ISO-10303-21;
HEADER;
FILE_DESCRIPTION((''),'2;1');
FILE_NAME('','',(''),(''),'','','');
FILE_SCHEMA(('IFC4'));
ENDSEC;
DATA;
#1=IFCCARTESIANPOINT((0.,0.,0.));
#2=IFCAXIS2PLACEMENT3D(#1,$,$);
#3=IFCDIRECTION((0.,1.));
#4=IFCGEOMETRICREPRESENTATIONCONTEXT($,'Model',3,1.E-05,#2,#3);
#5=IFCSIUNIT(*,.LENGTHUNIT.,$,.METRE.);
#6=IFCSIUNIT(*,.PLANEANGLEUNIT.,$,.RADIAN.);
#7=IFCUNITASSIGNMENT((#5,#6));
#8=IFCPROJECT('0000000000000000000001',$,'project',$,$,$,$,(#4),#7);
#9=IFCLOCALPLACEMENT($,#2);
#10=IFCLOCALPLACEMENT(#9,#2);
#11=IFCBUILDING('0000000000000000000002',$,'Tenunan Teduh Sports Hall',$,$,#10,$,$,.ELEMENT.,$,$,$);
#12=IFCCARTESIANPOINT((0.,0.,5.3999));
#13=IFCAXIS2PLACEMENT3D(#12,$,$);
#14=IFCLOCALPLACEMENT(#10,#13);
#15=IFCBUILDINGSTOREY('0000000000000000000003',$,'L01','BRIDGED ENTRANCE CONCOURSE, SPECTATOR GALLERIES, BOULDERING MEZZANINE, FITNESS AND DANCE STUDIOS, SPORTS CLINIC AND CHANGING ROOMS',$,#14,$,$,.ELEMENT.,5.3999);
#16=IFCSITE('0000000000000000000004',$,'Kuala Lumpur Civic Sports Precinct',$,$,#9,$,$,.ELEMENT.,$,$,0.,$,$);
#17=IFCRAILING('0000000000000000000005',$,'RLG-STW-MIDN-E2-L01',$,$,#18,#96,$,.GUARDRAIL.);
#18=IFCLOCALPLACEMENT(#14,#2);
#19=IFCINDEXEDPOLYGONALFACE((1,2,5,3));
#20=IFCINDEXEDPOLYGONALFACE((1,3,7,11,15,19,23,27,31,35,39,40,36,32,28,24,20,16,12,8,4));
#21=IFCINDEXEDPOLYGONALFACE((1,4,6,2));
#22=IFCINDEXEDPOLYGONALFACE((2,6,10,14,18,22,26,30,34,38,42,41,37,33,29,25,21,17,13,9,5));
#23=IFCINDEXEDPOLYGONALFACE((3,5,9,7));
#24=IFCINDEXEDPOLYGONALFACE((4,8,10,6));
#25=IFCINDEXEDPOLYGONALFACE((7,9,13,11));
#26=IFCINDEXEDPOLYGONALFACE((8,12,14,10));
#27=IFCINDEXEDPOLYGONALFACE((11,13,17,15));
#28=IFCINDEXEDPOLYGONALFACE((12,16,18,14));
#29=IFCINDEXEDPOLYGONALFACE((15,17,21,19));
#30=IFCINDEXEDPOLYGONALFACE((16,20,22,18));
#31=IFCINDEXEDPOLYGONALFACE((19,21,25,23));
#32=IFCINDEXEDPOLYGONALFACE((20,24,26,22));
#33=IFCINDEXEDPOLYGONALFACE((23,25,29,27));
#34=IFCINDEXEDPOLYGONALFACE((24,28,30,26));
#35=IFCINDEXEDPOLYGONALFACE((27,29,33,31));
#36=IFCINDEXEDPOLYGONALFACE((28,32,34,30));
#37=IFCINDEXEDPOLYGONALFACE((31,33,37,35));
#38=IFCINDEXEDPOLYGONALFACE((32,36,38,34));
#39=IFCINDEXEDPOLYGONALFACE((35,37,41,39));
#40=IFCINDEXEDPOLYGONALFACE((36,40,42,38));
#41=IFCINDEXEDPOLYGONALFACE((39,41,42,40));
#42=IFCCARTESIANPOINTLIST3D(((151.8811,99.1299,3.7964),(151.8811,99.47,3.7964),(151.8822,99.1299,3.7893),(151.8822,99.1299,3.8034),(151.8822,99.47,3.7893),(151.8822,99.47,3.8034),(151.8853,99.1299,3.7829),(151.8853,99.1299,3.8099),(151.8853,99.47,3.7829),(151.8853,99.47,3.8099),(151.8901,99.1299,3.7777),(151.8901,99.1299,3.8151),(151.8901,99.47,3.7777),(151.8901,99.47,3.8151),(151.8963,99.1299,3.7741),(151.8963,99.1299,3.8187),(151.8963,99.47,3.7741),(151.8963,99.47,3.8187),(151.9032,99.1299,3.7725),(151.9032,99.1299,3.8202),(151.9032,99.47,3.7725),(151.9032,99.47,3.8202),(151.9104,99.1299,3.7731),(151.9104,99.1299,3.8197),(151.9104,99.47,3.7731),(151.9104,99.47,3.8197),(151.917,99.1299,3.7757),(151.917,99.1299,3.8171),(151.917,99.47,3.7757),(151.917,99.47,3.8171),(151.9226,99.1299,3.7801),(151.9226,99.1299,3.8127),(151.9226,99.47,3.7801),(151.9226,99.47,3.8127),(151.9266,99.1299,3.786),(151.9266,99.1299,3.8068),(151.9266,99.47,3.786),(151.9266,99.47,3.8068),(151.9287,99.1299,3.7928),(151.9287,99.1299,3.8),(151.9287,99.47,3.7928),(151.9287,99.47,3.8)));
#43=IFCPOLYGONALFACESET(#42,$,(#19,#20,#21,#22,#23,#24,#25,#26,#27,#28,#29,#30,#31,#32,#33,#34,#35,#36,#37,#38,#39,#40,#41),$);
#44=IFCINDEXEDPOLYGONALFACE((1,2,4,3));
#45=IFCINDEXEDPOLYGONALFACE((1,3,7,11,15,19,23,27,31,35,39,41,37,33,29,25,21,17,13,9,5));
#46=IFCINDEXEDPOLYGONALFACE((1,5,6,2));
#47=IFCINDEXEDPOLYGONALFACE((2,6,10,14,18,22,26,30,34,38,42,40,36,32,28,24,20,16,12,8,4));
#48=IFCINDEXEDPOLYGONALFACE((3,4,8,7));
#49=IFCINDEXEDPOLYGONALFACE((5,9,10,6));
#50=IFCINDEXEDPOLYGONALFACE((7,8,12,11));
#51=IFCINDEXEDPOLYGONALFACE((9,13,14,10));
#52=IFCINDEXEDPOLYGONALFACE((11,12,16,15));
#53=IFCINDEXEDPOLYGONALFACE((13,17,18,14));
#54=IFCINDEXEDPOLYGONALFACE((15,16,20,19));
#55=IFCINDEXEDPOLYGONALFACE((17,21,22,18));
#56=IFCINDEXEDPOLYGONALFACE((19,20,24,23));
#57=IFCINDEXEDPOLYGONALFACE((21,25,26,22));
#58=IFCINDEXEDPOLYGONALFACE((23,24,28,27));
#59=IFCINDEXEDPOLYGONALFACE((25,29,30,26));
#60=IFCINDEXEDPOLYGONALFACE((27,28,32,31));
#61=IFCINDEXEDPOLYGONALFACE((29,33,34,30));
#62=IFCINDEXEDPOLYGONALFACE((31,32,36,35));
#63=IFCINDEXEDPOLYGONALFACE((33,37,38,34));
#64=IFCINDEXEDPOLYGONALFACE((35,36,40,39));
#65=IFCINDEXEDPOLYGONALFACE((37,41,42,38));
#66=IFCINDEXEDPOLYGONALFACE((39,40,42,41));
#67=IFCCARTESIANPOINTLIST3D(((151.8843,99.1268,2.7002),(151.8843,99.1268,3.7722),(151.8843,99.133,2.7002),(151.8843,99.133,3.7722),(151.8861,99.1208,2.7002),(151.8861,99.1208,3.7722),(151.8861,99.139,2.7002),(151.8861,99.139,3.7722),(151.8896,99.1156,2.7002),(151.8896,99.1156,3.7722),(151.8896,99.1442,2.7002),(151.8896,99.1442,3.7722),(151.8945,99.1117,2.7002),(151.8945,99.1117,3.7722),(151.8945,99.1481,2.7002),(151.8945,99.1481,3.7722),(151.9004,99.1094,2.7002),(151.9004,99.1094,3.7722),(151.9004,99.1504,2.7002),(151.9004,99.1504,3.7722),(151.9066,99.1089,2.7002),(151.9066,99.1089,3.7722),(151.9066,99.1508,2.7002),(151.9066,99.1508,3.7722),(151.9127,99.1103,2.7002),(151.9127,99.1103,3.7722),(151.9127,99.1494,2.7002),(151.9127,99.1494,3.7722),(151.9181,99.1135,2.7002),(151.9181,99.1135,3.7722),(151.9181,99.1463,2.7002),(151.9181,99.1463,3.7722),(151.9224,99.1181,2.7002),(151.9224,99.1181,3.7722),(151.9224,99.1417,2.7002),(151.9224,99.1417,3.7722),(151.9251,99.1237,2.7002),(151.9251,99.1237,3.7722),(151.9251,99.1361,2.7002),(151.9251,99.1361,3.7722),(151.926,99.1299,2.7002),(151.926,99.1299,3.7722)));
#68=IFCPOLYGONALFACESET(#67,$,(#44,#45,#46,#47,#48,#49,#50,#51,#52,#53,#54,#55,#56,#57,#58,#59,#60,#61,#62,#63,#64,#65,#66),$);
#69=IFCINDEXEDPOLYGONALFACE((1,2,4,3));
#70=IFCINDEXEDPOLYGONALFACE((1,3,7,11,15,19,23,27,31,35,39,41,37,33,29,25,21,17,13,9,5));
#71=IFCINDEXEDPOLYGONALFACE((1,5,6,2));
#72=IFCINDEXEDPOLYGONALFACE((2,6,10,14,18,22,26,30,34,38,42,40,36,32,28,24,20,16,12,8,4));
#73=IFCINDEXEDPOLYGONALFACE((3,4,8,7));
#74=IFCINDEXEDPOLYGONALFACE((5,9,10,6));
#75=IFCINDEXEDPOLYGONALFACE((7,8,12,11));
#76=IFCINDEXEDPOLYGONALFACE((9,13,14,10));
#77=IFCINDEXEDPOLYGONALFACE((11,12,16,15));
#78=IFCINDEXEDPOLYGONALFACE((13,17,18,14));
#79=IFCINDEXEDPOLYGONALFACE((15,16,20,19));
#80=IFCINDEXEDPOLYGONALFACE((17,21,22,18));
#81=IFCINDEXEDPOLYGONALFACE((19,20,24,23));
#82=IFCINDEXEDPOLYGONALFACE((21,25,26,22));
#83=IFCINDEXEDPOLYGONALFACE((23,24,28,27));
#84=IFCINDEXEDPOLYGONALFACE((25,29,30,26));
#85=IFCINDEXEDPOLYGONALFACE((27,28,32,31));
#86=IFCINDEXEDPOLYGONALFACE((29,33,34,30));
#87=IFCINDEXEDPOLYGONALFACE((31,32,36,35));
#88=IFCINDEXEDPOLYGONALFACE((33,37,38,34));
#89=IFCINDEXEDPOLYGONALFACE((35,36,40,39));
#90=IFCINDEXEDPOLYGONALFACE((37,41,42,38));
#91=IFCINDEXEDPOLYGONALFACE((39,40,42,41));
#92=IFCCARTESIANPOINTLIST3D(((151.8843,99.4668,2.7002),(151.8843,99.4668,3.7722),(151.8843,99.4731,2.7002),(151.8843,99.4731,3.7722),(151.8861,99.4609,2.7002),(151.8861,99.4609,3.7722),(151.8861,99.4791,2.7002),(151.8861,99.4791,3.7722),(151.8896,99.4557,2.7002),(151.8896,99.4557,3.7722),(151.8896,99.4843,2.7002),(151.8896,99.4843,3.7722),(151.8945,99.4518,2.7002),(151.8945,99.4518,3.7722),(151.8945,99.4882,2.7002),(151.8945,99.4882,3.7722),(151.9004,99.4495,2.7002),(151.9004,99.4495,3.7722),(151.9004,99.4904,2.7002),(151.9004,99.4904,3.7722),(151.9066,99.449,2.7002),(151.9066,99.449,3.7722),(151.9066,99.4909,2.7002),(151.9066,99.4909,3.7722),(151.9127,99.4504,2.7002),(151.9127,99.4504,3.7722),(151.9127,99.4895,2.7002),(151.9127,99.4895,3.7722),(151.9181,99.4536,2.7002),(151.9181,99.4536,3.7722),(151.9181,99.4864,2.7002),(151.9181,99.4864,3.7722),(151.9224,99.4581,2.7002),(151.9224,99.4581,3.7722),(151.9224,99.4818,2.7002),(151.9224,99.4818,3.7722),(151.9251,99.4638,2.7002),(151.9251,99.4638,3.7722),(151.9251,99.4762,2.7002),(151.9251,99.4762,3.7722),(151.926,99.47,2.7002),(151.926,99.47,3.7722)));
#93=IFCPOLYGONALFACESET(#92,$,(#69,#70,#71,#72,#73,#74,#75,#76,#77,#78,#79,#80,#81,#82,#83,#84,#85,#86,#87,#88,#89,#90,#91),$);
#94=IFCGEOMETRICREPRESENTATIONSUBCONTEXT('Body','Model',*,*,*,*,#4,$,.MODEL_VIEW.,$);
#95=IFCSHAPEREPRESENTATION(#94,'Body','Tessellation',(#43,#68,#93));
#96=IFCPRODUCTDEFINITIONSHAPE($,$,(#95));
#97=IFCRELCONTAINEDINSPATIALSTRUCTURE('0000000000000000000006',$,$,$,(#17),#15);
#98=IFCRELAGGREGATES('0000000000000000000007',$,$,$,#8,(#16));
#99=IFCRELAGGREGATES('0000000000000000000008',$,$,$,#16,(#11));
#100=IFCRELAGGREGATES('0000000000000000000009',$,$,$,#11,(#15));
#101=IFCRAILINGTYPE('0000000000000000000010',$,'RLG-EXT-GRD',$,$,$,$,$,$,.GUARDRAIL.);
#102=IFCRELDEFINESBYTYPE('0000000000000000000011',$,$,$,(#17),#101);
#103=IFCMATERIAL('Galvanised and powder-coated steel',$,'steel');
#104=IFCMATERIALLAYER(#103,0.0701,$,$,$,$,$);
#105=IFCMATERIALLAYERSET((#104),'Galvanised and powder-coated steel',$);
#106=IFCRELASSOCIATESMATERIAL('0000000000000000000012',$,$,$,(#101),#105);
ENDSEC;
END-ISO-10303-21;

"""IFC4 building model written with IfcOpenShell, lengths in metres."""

from ifc_helpers import new_model, si_unit, direction, frame, origin, origin_2d, place, context, subcontext, project, spatial, circle, extrude, material, layer, layer_set, type_object, element, save


model = new_model("IFC4")

# Units and contexts
model_context = context("Model", 3, precision=1e-05, world=origin(), true_north=direction((0.0, 1.0)))
body_context = subcontext(model_context, "Body", "Model", "MODEL_VIEW")
ifc_project = project(units=[si_unit("LENGTHUNIT", "METRE"), si_unit("PLANEANGLEUNIT", "RADIAN")], contexts=[model_context])

# Site, building, storey
site_placement = place(None, origin())
site = spatial("IfcSite", under=ifc_project, at=site_placement, Name="Kuala Lumpur Civic Sports Precinct", CompositionType="ELEMENT", RefElevation=0.0)
building_placement = place(site_placement, origin())
building = spatial("IfcBuilding", under=site, at=building_placement, Name="Tenunan Teduh Sports Hall", CompositionType="ELEMENT")
storey_placement = place(building_placement, frame((0.0, 0.0, 5.3999)))
storey = spatial("IfcBuildingStorey", under=building, at=storey_placement, Name="L01", Description="BRIDGED ENTRANCE CONCOURSE, SPECTATOR GALLERIES, BOULDERING MEZZANINE, FITNESS AND DANCE STUDIOS, SPORTS CLINIC AND CHANGING ROOMS", CompositionType="ELEMENT", Elevation=5.3999)

# Railing
ifc_material_1 = material(Name="Galvanised and powder-coated steel", Category="steel")
ifc_layer_1 = layer(ifc_material_1, 0.0701)
ifc_layer_set_1 = layer_set([ifc_layer_1], Name="Galvanised and powder-coated steel")
railing_type = type_object("IfcRailingType", Name="RLG-EXT-GRD", PredefinedType="GUARDRAIL", material=ifc_layer_set_1)
railing_1_placement = place(storey_placement, frame((151.905, 99.1299, 2.7002)))
element("IfcRailing", 1, at=railing_1_placement, inside=storey, type_object=railing_type, Name="RLG-STW-MIDN-E2-L01", PredefinedType="GUARDRAIL", context=body_context, shape_type="SweptSolid", body=[
    extrude(circle(Radius=0.0239, at=origin_2d()), frame((0.0, 0.0, 1.0962), z_axis=(0.0, 1.0, 0.0), x_axis=(-1.0, 0.0, 0.0)), (0.0, 0.0, 1.0), 0.3401),
    extrude(circle(Radius=0.021, at=origin_2d()), origin(), (0.0, 0.0, 1.0), 1.072),
    extrude(circle(Radius=0.021, at=origin_2d()), frame((0.0, 0.3401, 0.0)), (0.0, 0.0, 1.0), 1.072),
])

save(model, "model.ifc")
